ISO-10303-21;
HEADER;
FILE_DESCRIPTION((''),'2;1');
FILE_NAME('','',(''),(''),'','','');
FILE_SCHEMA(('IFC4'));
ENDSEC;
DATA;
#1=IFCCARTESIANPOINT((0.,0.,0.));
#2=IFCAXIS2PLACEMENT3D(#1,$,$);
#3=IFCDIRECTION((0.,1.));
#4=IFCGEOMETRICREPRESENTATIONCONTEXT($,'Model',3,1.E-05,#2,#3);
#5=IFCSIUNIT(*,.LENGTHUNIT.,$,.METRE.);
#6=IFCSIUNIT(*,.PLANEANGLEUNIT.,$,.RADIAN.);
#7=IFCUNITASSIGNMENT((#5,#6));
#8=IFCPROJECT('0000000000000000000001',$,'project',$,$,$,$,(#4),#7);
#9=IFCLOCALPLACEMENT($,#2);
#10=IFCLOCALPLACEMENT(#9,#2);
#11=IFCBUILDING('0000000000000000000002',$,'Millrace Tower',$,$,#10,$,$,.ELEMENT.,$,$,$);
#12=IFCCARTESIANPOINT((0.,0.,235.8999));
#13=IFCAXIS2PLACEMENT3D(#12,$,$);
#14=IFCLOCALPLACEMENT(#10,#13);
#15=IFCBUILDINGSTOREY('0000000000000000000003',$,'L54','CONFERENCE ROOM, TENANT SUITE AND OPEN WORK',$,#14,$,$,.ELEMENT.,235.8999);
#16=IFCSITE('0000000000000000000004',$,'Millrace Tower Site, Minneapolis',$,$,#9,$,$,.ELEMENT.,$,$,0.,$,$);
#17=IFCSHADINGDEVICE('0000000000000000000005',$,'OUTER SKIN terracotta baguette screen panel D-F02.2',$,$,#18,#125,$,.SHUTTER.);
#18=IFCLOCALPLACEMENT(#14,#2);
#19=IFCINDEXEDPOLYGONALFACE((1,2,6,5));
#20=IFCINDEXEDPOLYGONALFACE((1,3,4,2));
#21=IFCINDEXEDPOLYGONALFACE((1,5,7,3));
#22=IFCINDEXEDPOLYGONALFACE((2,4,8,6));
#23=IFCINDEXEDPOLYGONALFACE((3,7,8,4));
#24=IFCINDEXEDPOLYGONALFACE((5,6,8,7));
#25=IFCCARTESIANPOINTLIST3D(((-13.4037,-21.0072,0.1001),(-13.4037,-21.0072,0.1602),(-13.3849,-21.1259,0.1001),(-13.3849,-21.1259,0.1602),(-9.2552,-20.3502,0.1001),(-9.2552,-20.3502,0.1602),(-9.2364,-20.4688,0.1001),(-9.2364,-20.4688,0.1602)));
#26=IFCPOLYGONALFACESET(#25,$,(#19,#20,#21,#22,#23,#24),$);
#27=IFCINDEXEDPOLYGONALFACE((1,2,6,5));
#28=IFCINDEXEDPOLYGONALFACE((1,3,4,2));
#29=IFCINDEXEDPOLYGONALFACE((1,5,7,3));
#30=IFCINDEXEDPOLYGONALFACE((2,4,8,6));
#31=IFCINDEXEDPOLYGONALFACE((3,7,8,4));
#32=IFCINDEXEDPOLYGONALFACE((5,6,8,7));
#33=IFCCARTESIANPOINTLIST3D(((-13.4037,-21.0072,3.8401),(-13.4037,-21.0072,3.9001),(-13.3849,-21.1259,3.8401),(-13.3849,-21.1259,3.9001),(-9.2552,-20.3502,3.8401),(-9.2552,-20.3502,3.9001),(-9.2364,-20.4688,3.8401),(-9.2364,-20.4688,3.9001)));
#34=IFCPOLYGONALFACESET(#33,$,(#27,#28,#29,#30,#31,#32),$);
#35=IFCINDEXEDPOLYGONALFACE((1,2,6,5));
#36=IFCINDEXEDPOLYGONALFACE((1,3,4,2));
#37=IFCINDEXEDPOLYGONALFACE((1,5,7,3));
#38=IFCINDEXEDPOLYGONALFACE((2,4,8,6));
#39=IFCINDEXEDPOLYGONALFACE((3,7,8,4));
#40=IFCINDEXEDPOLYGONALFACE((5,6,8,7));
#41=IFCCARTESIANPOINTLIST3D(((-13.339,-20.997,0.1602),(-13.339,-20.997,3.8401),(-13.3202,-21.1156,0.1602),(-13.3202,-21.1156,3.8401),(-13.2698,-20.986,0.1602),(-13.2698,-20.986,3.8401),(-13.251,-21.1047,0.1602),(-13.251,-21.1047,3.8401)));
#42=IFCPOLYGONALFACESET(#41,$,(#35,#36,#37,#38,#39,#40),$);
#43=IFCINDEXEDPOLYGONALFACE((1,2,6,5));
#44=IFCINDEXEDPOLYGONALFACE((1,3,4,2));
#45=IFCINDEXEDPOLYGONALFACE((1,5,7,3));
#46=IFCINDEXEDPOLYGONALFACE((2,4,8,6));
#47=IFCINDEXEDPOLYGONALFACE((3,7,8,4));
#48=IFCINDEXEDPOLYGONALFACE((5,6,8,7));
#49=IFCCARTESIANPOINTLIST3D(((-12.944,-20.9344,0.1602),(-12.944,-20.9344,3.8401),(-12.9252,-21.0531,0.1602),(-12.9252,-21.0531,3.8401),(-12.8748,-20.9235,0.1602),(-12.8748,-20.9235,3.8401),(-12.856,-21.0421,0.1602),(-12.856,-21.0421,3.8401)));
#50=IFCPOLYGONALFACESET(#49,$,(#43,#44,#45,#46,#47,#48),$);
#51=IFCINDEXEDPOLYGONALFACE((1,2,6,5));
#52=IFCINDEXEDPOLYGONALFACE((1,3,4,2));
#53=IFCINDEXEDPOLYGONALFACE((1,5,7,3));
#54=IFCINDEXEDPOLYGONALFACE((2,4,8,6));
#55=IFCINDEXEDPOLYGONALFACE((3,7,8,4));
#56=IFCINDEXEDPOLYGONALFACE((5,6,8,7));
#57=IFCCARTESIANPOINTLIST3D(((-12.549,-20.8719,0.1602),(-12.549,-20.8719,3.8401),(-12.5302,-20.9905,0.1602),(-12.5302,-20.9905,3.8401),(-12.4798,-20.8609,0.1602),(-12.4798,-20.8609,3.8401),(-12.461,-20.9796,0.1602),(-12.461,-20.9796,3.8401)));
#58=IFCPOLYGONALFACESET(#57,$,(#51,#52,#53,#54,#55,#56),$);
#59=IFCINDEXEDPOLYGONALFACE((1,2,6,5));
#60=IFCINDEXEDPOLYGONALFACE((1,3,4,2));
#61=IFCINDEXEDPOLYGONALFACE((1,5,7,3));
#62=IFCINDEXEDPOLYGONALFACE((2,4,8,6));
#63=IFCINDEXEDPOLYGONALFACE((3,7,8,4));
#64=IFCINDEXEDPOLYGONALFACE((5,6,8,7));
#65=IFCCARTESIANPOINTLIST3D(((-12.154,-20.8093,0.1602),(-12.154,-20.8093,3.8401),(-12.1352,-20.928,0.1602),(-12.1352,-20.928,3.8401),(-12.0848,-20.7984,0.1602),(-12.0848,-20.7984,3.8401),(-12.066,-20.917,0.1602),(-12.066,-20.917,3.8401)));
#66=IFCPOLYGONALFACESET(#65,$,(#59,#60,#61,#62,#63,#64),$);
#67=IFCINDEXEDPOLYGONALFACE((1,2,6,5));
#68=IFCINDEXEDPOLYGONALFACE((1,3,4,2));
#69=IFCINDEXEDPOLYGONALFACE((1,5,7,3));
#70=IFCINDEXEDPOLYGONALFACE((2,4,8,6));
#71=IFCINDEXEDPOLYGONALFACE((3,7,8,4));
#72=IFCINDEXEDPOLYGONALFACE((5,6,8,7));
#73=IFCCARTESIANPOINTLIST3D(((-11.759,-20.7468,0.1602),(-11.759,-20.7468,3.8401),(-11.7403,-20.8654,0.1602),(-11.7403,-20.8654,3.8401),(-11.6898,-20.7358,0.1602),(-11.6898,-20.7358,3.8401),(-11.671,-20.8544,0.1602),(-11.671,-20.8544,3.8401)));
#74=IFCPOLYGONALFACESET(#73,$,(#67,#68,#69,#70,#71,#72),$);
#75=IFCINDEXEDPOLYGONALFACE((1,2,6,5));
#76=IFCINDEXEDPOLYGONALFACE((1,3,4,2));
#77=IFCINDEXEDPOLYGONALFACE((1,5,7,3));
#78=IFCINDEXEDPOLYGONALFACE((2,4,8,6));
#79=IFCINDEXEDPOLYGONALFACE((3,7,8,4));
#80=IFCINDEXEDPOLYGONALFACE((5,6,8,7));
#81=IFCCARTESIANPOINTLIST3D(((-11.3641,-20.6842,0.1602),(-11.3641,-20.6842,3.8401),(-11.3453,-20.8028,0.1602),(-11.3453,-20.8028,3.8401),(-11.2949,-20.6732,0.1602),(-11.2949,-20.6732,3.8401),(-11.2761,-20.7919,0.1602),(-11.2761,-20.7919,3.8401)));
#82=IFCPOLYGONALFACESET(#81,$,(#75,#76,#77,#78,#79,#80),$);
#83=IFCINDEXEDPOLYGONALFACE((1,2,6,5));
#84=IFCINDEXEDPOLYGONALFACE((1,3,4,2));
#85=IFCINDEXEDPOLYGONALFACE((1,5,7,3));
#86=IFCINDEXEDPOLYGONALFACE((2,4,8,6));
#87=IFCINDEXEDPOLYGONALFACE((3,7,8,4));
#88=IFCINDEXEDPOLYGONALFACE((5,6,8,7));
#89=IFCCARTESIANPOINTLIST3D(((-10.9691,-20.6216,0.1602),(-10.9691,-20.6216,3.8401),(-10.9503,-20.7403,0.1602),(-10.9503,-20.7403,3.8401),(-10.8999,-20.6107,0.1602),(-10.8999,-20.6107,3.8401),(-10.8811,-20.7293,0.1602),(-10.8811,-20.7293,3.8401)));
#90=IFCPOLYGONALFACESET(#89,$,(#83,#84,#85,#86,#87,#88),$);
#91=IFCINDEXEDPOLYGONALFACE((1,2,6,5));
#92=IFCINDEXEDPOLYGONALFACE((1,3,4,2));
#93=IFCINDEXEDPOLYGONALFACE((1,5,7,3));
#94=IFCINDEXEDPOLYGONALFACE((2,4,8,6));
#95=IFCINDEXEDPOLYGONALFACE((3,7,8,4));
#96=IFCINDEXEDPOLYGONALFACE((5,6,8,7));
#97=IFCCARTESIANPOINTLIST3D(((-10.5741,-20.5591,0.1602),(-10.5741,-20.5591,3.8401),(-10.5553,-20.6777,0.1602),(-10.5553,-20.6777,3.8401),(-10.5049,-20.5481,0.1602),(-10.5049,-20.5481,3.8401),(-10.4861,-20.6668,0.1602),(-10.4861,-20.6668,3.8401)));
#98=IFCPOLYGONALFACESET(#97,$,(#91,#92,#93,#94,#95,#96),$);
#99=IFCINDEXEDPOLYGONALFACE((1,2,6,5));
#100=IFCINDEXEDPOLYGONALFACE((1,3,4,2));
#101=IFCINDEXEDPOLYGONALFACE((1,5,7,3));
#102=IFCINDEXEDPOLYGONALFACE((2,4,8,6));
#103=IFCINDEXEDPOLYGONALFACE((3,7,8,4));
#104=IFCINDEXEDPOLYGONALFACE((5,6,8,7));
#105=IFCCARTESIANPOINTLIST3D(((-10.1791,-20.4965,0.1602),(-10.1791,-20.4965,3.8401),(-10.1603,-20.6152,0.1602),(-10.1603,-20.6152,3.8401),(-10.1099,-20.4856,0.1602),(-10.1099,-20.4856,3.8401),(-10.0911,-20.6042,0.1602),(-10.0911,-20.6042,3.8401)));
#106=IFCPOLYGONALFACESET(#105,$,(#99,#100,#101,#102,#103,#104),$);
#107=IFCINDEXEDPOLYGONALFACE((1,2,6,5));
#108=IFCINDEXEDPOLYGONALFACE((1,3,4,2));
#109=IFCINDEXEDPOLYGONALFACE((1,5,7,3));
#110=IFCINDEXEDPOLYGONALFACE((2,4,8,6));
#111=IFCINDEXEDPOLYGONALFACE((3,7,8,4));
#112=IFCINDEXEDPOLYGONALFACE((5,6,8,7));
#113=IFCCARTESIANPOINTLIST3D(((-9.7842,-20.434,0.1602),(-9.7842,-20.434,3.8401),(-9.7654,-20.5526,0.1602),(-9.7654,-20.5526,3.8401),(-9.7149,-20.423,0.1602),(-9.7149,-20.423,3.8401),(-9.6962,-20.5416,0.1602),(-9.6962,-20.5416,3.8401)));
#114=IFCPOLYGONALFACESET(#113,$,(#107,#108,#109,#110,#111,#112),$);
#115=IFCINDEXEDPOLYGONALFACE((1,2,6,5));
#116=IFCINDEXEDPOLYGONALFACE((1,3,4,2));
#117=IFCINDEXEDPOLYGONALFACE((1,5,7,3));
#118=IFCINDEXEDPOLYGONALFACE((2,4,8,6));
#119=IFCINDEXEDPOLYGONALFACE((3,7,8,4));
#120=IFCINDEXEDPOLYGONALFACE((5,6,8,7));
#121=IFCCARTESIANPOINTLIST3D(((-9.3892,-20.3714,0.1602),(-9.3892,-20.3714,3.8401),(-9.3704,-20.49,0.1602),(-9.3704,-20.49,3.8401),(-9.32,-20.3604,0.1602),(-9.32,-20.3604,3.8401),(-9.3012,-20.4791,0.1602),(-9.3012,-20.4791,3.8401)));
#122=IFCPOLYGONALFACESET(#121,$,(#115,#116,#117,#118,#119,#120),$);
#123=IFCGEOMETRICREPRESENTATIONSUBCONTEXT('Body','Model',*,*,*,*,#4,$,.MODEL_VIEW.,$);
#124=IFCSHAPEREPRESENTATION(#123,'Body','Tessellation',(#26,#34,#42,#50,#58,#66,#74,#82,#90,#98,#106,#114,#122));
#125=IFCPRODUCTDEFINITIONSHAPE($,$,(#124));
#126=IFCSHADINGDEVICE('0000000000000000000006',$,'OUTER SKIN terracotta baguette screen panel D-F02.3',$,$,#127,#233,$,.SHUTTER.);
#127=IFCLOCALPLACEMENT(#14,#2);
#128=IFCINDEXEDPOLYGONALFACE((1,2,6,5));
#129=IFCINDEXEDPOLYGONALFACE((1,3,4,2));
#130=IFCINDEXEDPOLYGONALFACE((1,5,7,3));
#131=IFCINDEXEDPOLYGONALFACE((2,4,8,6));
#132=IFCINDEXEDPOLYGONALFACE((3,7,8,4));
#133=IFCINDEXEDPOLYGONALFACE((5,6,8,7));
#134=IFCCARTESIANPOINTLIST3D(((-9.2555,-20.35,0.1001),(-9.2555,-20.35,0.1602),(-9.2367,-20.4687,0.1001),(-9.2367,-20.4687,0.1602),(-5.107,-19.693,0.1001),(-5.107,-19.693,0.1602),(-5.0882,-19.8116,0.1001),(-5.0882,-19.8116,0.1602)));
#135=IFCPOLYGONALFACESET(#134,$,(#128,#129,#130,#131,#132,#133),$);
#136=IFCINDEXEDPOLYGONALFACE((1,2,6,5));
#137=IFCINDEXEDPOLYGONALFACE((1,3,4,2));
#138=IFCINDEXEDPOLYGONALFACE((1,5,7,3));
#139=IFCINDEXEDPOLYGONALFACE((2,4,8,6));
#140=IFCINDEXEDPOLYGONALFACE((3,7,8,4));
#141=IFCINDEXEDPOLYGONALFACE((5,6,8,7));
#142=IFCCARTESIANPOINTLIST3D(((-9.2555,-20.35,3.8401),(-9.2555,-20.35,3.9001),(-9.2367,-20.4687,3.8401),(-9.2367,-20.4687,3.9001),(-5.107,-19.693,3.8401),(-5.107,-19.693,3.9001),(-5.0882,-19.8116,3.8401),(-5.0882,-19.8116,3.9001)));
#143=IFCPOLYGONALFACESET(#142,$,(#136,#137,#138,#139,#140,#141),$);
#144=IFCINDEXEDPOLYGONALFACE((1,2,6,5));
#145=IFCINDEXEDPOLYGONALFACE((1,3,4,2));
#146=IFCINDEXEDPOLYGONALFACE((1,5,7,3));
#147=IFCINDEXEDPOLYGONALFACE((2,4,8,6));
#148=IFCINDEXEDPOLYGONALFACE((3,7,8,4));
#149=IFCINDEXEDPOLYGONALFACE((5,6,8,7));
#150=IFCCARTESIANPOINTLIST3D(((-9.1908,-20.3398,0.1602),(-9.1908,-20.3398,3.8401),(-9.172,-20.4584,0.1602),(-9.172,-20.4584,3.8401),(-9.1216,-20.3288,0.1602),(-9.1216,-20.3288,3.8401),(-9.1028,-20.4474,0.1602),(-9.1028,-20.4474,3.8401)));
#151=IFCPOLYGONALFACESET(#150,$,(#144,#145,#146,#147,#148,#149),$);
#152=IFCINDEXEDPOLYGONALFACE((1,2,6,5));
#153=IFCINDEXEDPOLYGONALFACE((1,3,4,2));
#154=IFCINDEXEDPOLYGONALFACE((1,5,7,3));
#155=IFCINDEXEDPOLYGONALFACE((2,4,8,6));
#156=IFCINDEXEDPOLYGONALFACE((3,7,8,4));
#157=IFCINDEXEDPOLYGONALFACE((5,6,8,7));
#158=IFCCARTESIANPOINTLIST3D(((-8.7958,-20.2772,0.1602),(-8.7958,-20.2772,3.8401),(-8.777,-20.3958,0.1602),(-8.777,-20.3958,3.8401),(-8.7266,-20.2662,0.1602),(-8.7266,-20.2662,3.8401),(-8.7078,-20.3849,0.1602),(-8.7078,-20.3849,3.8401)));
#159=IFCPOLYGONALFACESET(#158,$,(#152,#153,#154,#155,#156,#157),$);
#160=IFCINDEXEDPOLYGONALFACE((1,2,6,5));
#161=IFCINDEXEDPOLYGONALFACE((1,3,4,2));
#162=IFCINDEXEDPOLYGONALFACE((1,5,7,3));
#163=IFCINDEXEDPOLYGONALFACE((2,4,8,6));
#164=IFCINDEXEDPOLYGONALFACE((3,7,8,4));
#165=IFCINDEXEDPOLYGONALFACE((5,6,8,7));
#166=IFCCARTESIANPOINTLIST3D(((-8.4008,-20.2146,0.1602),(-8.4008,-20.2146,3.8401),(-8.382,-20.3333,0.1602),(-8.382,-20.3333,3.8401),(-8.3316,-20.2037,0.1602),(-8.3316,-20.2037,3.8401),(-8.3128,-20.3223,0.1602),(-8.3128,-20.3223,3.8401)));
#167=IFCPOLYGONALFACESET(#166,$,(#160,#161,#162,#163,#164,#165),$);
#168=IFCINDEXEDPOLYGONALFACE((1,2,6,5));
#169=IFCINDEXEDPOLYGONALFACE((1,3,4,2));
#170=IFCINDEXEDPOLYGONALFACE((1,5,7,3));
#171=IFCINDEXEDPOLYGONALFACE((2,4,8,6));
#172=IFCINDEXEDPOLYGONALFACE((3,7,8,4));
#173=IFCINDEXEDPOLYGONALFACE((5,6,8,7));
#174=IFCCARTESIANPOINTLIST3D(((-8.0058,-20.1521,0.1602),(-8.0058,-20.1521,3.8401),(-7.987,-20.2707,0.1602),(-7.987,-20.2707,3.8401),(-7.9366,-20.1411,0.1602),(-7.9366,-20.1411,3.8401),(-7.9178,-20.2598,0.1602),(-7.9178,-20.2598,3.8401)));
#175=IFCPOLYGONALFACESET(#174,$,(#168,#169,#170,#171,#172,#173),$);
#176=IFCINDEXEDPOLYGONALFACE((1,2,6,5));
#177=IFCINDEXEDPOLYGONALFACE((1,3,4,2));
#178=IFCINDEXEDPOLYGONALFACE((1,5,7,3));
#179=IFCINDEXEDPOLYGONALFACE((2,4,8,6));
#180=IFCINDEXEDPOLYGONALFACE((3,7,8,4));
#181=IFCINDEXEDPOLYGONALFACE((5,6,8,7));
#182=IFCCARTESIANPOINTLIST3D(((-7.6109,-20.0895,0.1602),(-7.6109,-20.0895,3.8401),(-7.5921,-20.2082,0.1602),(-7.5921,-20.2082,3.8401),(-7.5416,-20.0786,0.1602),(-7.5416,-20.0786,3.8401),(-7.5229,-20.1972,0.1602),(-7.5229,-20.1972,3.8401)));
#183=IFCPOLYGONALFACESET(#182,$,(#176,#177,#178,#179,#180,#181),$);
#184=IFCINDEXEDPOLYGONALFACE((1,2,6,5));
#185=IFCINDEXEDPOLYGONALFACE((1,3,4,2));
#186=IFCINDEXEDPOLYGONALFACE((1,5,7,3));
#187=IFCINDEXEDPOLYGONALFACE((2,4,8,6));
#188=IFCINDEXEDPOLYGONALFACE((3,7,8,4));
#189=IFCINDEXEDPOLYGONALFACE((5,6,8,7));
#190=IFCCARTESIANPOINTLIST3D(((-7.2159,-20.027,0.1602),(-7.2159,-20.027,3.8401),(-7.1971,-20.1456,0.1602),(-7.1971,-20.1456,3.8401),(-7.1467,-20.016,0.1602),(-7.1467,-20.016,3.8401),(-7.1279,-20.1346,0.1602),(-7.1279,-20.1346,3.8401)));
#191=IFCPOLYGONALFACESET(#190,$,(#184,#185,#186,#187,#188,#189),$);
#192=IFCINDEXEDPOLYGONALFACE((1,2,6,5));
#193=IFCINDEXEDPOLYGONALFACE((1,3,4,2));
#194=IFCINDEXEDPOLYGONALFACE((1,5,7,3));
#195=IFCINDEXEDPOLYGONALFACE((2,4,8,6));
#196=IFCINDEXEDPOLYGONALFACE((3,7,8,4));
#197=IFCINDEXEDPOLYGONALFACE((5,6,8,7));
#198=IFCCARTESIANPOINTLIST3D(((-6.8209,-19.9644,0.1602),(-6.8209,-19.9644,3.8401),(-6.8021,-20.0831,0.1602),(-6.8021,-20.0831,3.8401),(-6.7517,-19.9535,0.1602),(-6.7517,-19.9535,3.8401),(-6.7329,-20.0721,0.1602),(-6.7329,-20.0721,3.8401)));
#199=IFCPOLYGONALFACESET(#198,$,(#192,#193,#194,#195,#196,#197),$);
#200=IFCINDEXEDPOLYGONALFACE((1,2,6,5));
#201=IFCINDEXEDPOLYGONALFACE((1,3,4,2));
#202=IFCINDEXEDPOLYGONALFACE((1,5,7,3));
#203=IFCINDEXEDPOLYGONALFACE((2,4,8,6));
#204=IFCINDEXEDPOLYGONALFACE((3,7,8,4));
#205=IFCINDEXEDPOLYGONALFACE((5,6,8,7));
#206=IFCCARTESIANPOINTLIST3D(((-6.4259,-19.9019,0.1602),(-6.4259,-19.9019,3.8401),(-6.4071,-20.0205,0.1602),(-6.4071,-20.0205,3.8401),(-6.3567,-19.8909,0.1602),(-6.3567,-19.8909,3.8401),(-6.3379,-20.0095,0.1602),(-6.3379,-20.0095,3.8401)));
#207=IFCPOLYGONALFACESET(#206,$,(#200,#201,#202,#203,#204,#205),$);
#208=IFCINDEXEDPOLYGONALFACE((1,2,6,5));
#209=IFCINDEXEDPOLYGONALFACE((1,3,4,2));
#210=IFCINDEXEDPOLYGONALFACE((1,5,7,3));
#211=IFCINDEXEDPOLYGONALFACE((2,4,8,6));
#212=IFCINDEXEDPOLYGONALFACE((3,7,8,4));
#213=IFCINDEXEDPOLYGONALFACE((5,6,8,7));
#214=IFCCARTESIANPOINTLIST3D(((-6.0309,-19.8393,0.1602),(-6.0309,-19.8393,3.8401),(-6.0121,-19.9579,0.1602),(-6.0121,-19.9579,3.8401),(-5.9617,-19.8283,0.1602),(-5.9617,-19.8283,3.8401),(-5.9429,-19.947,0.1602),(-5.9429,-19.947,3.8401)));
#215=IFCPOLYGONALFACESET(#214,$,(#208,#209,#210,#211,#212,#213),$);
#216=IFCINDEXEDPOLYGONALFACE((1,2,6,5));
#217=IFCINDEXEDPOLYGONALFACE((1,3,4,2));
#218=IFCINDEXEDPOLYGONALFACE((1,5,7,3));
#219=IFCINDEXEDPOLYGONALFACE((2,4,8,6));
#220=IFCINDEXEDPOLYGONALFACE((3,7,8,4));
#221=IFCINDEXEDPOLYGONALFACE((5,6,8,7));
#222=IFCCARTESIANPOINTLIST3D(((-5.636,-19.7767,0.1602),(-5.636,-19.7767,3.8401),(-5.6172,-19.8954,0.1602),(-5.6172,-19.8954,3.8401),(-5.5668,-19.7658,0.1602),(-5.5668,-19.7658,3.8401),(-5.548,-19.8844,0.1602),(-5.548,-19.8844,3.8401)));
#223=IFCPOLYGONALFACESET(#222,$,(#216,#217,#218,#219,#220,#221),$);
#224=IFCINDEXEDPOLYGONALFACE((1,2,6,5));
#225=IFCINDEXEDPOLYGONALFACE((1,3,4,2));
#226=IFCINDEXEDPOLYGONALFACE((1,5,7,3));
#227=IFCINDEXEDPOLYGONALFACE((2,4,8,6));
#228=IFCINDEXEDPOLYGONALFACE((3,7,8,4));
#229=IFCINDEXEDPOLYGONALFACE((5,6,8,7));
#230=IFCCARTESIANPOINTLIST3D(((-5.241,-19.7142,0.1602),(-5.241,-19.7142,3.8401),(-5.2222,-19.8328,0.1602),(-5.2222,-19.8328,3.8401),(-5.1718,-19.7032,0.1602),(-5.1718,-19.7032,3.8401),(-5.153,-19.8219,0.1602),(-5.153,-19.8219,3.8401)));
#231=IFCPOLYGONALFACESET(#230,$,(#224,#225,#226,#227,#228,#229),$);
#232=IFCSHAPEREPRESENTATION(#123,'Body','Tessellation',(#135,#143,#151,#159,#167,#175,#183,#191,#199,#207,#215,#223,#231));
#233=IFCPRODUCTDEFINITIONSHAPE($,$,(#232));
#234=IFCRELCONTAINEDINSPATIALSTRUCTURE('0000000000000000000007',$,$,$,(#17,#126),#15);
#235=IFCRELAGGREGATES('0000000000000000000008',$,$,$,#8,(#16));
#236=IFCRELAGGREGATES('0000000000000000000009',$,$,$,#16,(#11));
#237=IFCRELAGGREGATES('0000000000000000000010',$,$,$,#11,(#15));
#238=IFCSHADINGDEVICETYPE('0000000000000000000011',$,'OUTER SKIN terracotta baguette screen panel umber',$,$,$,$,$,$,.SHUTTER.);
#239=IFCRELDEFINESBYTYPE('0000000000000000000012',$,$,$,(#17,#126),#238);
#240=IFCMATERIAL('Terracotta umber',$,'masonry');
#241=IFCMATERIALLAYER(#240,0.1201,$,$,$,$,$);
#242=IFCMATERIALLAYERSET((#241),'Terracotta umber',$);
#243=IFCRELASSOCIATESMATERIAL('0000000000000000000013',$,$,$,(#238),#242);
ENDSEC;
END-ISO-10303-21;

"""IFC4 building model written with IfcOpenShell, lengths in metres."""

from ifc_helpers import new_model, entity, si_unit, direction, frame, frame_2d, origin, origin_2d, place, context, subcontext, project, spatial, rectangle, extrude, source, transform, mapped, material, layer, layer_set, type_object, element, save


model = new_model("IFC4")

# Units and contexts
model_context = context("Model", 3, precision=1e-05, world=origin(), true_north=direction((0.0, 1.0)))
body_context = subcontext(model_context, "Body", "Model", "MODEL_VIEW")
ifc_project = project(units=[si_unit("LENGTHUNIT", "METRE"), si_unit("PLANEANGLEUNIT", "RADIAN")], contexts=[model_context])

# Site, building, storey
site_placement = place(None, origin())
site = spatial("IfcSite", under=ifc_project, at=site_placement, Name="Millrace Tower Site, Minneapolis", CompositionType="ELEMENT", RefElevation=0.0)
building_placement = place(site_placement, origin())
building = spatial("IfcBuilding", under=site, at=building_placement, Name="Millrace Tower", CompositionType="ELEMENT")
storey_placement = place(building_placement, frame((0.0, 0.0, 235.8999)))
storey = spatial("IfcBuildingStorey", under=building, at=storey_placement, Name="L54", Description="CONFERENCE ROOM, TENANT SUITE AND OPEN WORK", CompositionType="ELEMENT", Elevation=235.8999)

# Shading devices
ifc_material_1 = material(Name="Terracotta umber", Category="masonry")
ifc_layer_1 = layer(ifc_material_1, 0.1201)
ifc_layer_set_1 = layer_set([ifc_layer_1], Name="Terracotta umber")
shading_device_type = type_object("IfcShadingDeviceType", Name="OUTER SKIN terracotta baguette screen panel umber", PredefinedType="SHUTTER", material=ifc_layer_set_1)
cartesian_point = entity("IfcCartesianPoint", [-2.1001, 0.0601])
shared_polyline = entity("IfcPolyline", [cartesian_point, entity("IfcCartesianPoint", [2.1001, 0.0601]), entity("IfcCartesianPoint", [2.1001, -0.0601]), entity("IfcCartesianPoint", [-2.1001, -0.0601]), cartesian_point])
shared_shape = source(origin(), body_context, "Body", "SweptSolid", [
    entity("IfcExtrudedAreaSolid", entity("IfcArbitraryClosedProfileDef", "AREA", None, shared_polyline), entity("IfcAxis2Placement3D", entity("IfcCartesianPoint", [0.0, 0.0, 0.0])), entity("IfcDirection", [0.0, 0.0, 1.0]), 0.0601),
    entity("IfcExtrudedAreaSolid", entity("IfcArbitraryClosedProfileDef", "AREA", None, shared_polyline), entity("IfcAxis2Placement3D", entity("IfcCartesianPoint", [0.0, 0.0, 3.74])), entity("IfcDirection", [0.0, 0.0, 1.0]), 0.0601),
    extrude(rectangle(XDim=0.0701, YDim=0.1201, at=frame_2d((-1.9995, 0.0))), frame((0.0, 0.0, 0.0601)), (0.0, 0.0, 1.0), 3.6799),
    extrude(rectangle(XDim=0.0701, YDim=0.1201, at=frame_2d((-1.5996, 0.0))), frame((0.0, 0.0, 0.0601)), (0.0, 0.0, 1.0), 3.6799),
    extrude(rectangle(XDim=0.0701, YDim=0.1201, at=frame_2d((-1.1997, 0.0))), frame((0.0, 0.0, 0.0601)), (0.0, 0.0, 1.0), 3.6799),
    extrude(rectangle(XDim=0.0701, YDim=0.1201, at=frame_2d((-0.7998, 0.0))), frame((0.0, 0.0, 0.0601)), (0.0, 0.0, 1.0), 3.6799),
    extrude(rectangle(XDim=0.0701, YDim=0.1201, at=frame_2d((-0.3999, 0.0))), frame((0.0, 0.0, 0.0601)), (0.0, 0.0, 1.0), 3.6799),
    extrude(rectangle(XDim=0.0701, YDim=0.1201, at=origin_2d()), frame((0.0, 0.0, 0.0601)), (0.0, 0.0, 1.0), 3.6799),
    extrude(rectangle(XDim=0.0701, YDim=0.1201, at=frame_2d((0.3999, 0.0))), frame((0.0, 0.0, 0.0601)), (0.0, 0.0, 1.0), 3.6799),
    extrude(rectangle(XDim=0.0701, YDim=0.1201, at=frame_2d((0.7998, 0.0))), frame((0.0, 0.0, 0.0601)), (0.0, 0.0, 1.0), 3.6799),
    extrude(rectangle(XDim=0.0701, YDim=0.1201, at=frame_2d((1.1997, 0.0))), frame((0.0, 0.0, 0.0601)), (0.0, 0.0, 1.0), 3.6799),
    extrude(rectangle(XDim=0.0701, YDim=0.1201, at=frame_2d((1.5996, 0.0))), frame((0.0, 0.0, 0.0601)), (0.0, 0.0, 1.0), 3.6799),
    extrude(rectangle(XDim=0.0701, YDim=0.1201, at=frame_2d((1.9995, 0.0))), frame((0.0, 0.0, 0.0601)), (0.0, 0.0, 1.0), 3.6799),
])
for number, where, z_axis, x_axis, name in (
    (1, (-11.3201, -20.738, 0.1001), (0.0, 0.0, 1.0), (0.987688, 0.156434, 0.0), "OUTER SKIN terracotta baguette screen panel D-F02.2"),
    (2, (-7.1719, -20.0808, 0.1001), (0.0, 0.0, 1.0), (0.987688, 0.156434, 0.0), "OUTER SKIN terracotta baguette screen panel D-F02.3"),
):
    element("IfcShadingDevice", number, at=place(storey_placement, frame(where, z_axis=z_axis, x_axis=x_axis)), inside=storey, type_object=shading_device_type, Name=name, PredefinedType="SHUTTER", context=body_context, shape_type="MappedRepresentation", body=[
        mapped(shared_shape, transform((0.0, 0.0, 0.0), scale=1.0)),
    ])

save(model, "model.ifc")
